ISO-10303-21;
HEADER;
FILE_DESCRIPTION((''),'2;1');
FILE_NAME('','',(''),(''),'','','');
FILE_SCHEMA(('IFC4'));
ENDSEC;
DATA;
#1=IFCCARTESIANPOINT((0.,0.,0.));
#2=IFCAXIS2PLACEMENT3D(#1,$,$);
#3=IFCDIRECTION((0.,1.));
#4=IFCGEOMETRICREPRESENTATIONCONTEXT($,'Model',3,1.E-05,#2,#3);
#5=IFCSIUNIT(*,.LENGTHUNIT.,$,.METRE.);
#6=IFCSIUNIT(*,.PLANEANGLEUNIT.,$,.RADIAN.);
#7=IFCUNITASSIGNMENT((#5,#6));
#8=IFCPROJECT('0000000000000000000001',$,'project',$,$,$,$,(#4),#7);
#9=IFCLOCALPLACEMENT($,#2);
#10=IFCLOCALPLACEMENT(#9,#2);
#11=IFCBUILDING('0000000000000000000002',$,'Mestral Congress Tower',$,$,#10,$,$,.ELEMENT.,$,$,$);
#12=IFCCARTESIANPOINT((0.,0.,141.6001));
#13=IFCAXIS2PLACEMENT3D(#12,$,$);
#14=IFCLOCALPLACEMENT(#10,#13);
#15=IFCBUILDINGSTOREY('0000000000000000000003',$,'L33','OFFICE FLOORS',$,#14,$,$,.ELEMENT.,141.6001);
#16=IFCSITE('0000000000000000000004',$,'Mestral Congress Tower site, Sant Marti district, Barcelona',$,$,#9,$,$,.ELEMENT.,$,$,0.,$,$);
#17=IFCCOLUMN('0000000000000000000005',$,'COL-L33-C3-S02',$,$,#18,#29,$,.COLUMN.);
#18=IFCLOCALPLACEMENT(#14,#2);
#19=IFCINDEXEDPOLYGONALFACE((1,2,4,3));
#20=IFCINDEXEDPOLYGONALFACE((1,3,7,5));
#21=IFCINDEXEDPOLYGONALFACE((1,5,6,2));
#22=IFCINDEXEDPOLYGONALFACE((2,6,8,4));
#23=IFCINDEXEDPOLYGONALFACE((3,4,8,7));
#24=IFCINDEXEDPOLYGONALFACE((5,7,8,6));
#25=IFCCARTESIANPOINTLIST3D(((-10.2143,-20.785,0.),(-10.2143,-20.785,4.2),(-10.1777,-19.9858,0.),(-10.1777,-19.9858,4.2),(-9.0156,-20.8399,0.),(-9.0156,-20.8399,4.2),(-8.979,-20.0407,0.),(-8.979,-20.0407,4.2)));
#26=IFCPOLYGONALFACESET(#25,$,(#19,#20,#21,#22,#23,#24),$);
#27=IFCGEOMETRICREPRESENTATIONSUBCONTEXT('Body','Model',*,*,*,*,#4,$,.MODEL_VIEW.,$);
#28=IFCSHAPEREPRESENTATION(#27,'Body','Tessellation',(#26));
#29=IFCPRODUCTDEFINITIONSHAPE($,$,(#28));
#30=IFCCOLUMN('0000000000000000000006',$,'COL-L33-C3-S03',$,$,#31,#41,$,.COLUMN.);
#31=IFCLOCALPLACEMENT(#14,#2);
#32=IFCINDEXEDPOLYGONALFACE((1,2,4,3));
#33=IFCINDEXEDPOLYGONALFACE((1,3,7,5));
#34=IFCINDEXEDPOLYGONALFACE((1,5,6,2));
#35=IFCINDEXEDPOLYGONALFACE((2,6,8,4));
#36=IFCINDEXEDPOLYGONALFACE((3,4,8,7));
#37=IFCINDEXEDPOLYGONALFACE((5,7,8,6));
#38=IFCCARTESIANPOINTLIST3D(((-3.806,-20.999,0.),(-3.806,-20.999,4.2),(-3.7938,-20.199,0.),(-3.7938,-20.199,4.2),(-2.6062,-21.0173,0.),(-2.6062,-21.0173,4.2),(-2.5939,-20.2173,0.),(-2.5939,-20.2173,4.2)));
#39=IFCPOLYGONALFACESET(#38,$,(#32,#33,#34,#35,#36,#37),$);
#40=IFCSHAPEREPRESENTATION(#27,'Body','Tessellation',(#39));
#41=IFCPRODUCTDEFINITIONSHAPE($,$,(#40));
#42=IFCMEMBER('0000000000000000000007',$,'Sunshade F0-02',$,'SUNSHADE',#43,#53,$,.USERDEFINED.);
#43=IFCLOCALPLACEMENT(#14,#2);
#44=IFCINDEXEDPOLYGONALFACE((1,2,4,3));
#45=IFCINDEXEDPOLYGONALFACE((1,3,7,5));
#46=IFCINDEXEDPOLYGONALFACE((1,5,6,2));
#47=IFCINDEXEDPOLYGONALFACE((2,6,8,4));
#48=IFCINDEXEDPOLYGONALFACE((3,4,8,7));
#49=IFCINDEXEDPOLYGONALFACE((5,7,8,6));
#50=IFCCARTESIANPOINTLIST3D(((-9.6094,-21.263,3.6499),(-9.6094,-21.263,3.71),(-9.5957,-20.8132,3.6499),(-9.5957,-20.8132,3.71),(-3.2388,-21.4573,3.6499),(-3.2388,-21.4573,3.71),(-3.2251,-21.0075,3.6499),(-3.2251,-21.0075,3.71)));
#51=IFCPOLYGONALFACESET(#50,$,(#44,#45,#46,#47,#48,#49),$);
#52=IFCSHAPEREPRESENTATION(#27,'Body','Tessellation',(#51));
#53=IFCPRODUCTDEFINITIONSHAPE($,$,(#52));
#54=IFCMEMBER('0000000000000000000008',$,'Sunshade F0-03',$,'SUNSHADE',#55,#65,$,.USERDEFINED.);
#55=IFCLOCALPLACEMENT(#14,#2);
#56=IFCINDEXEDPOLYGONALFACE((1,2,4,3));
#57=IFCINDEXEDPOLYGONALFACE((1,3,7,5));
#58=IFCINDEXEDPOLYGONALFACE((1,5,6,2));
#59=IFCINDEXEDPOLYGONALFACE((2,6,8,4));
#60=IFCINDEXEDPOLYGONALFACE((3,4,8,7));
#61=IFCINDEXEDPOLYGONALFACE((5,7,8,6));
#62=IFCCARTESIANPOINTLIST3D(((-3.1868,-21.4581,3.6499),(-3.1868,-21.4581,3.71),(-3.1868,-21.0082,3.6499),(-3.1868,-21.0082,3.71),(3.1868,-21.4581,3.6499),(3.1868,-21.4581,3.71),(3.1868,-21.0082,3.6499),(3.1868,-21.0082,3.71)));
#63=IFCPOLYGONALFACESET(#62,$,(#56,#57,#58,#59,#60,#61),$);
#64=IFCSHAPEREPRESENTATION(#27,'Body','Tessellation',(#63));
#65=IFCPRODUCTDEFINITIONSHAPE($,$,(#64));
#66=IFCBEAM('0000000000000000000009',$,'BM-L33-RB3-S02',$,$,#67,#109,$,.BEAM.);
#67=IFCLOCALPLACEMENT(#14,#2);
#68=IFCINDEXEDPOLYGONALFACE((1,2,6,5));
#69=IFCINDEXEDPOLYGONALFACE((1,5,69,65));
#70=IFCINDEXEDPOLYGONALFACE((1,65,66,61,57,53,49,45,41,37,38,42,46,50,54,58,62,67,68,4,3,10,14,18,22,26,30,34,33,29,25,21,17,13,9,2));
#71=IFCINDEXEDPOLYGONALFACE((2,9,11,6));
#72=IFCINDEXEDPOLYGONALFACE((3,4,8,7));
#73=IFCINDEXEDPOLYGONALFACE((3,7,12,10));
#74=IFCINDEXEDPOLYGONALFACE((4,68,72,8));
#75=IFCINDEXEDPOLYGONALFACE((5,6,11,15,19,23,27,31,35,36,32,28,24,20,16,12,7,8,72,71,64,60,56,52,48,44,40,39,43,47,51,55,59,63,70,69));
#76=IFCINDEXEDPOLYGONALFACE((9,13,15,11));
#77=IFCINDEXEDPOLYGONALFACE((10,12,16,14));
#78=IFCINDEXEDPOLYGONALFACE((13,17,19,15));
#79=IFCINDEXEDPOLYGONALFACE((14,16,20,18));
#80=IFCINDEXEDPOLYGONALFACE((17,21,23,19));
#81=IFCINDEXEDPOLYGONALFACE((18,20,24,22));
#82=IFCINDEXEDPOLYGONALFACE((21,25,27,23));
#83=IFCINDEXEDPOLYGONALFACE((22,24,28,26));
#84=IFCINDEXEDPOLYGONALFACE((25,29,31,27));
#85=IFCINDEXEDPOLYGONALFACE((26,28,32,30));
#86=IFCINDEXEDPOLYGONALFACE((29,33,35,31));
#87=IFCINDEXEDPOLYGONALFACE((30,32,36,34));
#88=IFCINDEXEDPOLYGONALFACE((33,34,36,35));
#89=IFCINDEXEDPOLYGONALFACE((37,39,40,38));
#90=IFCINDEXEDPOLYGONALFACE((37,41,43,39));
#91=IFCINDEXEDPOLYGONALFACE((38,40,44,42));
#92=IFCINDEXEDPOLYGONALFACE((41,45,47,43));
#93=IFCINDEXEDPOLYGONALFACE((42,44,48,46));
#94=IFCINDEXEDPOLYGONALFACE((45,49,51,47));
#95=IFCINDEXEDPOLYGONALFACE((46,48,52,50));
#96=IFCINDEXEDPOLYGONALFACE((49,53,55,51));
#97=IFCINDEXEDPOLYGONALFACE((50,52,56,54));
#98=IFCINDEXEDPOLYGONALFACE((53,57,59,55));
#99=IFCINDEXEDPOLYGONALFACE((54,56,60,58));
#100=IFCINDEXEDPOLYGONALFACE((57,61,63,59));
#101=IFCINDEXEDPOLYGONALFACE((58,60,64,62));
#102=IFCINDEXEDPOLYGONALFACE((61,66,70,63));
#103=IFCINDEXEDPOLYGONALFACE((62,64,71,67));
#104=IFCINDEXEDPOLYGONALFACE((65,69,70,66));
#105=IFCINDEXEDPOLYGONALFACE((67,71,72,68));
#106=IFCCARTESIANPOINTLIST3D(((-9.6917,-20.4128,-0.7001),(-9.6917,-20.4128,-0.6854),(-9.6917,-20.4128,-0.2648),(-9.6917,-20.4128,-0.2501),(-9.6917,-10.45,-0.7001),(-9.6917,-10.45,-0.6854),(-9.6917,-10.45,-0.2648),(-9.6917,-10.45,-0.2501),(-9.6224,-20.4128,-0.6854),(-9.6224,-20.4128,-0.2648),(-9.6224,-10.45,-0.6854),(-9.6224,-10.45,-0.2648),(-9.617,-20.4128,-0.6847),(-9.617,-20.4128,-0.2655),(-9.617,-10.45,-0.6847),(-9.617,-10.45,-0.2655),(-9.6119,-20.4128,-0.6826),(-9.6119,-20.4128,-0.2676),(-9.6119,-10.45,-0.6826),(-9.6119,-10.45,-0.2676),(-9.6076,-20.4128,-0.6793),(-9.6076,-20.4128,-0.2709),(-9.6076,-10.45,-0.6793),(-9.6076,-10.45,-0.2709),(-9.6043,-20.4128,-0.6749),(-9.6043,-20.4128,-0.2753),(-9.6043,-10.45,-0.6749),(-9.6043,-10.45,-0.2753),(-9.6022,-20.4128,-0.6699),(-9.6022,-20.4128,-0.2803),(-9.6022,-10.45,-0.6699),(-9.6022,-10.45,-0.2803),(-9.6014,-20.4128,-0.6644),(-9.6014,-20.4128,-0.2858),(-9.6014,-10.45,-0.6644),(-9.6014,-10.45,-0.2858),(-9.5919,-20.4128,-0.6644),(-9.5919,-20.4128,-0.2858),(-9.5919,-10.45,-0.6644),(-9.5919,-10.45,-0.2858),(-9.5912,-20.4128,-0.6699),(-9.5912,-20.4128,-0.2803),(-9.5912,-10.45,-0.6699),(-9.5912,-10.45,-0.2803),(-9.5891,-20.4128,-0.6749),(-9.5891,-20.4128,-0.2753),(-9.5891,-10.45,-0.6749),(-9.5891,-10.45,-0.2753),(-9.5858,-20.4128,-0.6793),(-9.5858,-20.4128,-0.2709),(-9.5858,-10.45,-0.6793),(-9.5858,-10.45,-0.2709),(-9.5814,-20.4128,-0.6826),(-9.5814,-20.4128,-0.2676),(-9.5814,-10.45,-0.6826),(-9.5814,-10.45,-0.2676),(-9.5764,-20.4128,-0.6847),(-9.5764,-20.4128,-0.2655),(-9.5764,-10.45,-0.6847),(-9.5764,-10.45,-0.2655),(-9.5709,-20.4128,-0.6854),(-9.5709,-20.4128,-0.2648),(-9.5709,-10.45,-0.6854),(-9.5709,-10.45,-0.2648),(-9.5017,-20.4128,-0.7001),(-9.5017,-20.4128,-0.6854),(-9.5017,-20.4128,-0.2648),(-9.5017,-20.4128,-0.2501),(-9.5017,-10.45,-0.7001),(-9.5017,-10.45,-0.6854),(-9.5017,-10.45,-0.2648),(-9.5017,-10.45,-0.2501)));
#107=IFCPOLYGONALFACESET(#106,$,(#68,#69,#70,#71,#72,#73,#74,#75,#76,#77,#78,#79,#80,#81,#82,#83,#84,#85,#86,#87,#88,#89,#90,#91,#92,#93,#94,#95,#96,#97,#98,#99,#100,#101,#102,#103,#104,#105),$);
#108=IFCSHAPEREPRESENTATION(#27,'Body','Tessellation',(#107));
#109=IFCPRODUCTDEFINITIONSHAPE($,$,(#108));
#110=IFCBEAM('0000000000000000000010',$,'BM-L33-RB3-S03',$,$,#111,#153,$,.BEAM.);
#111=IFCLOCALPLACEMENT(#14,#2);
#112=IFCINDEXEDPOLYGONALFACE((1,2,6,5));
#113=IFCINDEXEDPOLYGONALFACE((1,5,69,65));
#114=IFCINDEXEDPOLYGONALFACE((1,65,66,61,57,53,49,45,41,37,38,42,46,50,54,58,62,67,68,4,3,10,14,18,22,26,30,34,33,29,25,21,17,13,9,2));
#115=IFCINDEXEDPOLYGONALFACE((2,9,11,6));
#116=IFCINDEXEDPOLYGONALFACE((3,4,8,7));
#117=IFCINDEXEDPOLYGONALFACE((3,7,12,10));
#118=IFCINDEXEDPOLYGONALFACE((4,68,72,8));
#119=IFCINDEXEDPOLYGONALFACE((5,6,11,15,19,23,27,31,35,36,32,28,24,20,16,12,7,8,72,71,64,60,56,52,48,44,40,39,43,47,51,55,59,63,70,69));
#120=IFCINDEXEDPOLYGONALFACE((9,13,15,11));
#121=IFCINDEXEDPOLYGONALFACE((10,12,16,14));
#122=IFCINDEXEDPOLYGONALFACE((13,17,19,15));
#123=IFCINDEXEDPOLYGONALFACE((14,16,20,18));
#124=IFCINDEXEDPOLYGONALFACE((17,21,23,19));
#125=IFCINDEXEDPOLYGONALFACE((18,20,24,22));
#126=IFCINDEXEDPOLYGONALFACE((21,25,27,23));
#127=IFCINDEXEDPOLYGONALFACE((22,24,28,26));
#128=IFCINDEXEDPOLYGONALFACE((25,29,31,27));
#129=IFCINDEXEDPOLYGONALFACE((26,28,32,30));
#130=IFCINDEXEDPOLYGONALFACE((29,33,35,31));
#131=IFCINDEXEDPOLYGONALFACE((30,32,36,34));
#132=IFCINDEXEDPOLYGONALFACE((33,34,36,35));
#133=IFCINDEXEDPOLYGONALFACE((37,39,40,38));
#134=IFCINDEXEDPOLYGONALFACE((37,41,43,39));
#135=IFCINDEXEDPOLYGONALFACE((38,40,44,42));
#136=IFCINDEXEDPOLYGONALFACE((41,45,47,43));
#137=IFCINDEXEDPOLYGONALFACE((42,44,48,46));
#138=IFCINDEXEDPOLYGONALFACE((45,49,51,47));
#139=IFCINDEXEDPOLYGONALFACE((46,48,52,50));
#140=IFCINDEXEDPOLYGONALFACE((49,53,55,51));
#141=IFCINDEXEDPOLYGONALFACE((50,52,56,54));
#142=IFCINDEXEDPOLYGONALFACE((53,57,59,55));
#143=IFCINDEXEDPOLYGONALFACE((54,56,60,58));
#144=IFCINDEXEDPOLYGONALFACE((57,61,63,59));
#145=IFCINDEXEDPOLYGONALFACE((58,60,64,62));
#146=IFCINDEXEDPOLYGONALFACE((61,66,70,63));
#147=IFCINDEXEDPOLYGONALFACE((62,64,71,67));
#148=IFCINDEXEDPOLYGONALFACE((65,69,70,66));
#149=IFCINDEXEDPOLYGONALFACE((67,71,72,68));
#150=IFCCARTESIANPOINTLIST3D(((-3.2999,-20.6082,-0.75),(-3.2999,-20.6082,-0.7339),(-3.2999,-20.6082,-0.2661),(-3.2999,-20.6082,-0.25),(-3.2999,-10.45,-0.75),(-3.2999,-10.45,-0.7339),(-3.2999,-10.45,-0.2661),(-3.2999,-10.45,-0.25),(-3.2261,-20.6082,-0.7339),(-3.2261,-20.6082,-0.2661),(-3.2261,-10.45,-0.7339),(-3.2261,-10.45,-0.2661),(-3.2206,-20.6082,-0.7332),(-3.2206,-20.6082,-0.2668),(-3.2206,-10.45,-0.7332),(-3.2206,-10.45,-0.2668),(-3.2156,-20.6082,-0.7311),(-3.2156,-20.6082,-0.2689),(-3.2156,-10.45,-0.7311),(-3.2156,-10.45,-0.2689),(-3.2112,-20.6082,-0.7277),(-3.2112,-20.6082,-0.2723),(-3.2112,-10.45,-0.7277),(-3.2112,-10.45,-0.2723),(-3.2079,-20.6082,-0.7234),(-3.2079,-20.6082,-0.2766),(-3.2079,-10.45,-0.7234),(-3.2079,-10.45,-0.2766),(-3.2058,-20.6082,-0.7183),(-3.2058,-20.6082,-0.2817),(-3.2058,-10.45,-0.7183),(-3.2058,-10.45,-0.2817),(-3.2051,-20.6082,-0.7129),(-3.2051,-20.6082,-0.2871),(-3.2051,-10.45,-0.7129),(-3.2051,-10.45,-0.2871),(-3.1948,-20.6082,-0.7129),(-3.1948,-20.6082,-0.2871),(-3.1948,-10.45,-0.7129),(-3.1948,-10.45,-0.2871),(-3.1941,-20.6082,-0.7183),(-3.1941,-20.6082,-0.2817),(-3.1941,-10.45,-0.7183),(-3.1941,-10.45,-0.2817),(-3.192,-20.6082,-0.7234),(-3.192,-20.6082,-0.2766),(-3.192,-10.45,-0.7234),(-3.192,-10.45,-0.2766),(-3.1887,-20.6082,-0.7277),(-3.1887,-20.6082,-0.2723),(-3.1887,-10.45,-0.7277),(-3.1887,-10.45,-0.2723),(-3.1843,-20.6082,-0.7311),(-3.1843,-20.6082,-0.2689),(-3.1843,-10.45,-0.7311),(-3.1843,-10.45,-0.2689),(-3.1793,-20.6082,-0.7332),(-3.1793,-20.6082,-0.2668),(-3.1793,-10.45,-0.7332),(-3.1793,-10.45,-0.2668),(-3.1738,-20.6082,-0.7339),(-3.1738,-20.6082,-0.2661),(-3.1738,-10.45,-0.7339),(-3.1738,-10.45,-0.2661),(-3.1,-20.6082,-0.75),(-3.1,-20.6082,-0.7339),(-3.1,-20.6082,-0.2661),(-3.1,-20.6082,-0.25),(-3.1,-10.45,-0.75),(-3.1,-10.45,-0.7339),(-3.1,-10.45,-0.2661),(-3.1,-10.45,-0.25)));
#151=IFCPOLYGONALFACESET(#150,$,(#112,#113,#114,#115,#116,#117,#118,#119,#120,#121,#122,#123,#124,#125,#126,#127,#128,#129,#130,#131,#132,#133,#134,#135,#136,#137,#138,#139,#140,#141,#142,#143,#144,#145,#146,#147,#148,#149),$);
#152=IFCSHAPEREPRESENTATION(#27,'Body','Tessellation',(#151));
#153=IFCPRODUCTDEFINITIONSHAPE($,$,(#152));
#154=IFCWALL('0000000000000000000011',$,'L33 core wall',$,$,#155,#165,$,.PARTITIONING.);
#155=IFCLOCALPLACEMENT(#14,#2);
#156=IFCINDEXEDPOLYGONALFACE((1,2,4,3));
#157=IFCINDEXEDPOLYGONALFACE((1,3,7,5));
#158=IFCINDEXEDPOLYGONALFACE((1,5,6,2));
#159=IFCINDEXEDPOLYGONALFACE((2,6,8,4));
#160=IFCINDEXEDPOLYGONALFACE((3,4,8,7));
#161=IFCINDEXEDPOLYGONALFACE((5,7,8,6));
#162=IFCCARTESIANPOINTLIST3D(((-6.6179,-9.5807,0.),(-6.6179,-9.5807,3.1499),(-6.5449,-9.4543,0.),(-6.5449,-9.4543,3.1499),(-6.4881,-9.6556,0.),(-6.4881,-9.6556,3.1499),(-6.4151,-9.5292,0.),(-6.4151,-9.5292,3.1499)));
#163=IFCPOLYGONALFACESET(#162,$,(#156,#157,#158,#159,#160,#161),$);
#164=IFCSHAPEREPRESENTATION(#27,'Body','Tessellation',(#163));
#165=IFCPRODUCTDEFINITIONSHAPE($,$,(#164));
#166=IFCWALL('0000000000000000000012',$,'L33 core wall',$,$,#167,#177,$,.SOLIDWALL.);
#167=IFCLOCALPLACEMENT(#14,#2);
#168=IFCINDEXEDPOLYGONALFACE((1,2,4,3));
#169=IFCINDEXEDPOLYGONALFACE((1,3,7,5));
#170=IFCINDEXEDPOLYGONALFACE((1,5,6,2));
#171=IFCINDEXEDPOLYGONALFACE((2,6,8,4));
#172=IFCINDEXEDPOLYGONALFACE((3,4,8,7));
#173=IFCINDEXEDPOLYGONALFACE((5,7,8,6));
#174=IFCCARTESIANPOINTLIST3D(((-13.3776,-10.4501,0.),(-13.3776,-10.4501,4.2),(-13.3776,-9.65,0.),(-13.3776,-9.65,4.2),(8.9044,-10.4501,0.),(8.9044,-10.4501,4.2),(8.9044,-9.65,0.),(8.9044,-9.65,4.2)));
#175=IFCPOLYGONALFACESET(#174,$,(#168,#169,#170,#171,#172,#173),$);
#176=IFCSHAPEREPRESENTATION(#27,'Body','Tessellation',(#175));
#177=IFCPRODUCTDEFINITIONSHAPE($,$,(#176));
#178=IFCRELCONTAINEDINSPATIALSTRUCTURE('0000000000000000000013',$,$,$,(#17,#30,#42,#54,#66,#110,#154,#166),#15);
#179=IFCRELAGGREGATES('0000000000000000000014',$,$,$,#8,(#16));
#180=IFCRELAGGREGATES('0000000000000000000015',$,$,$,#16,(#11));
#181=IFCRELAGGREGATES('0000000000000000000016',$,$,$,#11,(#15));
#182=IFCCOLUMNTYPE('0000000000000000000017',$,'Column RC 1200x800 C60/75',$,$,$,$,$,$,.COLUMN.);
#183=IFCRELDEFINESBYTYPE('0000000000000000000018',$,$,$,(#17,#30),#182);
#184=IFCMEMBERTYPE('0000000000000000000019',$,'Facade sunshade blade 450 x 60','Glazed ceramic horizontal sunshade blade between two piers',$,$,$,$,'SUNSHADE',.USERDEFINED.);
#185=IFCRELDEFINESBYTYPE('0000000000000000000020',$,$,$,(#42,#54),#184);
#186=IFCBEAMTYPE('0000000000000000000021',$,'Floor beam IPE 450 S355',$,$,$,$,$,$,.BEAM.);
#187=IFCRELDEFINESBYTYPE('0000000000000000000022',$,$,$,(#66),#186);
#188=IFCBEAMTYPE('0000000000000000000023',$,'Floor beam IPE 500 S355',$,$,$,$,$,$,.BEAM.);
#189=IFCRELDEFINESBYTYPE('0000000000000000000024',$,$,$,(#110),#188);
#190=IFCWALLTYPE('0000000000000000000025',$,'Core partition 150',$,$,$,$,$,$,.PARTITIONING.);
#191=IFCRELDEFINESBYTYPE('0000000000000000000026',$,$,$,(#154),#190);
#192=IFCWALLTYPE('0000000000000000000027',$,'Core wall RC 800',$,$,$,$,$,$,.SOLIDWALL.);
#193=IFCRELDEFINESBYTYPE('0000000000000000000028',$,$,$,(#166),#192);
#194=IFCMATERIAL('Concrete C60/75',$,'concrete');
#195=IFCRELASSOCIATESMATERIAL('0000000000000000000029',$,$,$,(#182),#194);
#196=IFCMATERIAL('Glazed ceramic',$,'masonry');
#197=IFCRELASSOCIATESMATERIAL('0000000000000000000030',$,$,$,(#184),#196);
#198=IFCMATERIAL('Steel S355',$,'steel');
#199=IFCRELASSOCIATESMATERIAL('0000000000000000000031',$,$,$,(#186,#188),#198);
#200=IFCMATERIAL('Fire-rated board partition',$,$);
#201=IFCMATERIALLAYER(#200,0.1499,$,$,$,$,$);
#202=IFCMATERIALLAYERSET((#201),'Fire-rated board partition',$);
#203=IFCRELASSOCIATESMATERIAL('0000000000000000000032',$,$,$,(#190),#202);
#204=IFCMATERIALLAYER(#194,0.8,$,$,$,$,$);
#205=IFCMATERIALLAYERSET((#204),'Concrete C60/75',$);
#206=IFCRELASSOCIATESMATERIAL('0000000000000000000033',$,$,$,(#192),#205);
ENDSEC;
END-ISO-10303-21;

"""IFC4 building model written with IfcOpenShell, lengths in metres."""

from ifc_helpers import new_model, si_unit, direction, frame, frame_2d, origin, origin_2d, place, context, subcontext, project, spatial, rectangle, i_section, extrude, material, layer, layer_set, material_profile, profile_set, type_object, element, save


model = new_model("IFC4")

# Units and contexts
model_context = context("Model", 3, precision=1e-05, world=origin(), true_north=direction((0.0, 1.0)))
body_context = subcontext(model_context, "Body", "Model", "MODEL_VIEW")
ifc_project = project(units=[si_unit("LENGTHUNIT", "METRE"), si_unit("PLANEANGLEUNIT", "RADIAN")], contexts=[model_context])

# Site, building, storey
site_placement = place(None, origin())
site = spatial("IfcSite", under=ifc_project, at=site_placement, Name="Mestral Congress Tower site, Sant Marti district, Barcelona", CompositionType="ELEMENT", RefElevation=0.0)
building_placement = place(site_placement, origin())
building = spatial("IfcBuilding", under=site, at=building_placement, Name="Mestral Congress Tower", CompositionType="ELEMENT")
storey_placement = place(building_placement, frame((0.0, 0.0, 141.6001)))
storey = spatial("IfcBuildingStorey", under=building, at=storey_placement, Name="L33", Description="OFFICE FLOORS", CompositionType="ELEMENT", Elevation=141.6001)

# Columns
ifc_material_1 = material(Name="Concrete C60/75", Category="concrete")
ifc_material_profile_1 = material_profile(ifc_material_1, rectangle(XDim=1.2, YDim=0.8, at=origin_2d()), Name="RC 1200x800")
ifc_profile_set_1 = profile_set([ifc_material_profile_1], Name="Concrete C60/75")
column_type = type_object("IfcColumnType", Name="Column RC 1200x800 C60/75", PredefinedType="COLUMN", material=ifc_profile_set_1)
for number, where, z_axis, x_axis, name in (
    (1, (-9.5967, -20.4128, 0.0), (0.0, 0.0, 1.0), (0.998952, -0.045771, 0.0), "COL-L33-C3-S02"),
    (2, (-3.2, -20.6082, 0.0), (0.0, 0.0, 1.0), (0.999884, -0.015262, 0.0), "COL-L33-C3-S03"),
):
    element("IfcColumn", number, at=place(storey_placement, frame(where, z_axis=z_axis, x_axis=x_axis)), inside=storey, type_object=column_type, Name=name, PredefinedType="COLUMN", context=body_context, shape_type="SweptSolid", body=[
        extrude(rectangle(XDim=1.2, YDim=0.8, at=origin_2d()), origin(), (0.0, 0.0, 1.0), 4.2),
    ])

# Members
ifc_material_2 = material(Name="Glazed ceramic", Category="masonry")
ifc_material_profile_2 = material_profile(ifc_material_2, rectangle(XDim=0.45, YDim=0.0601, at=origin_2d()), Name="Ceramic blade 450 x 60")
ifc_profile_set_2 = profile_set([ifc_material_profile_2], Name="Glazed ceramic")
member_type = type_object("IfcMemberType", Name="Facade sunshade blade 450 x 60", Description="Glazed ceramic horizontal sunshade blade between two piers", ElementType="SUNSHADE", PredefinedType="USERDEFINED", material=ifc_profile_set_2)
for number, where, z_axis, x_axis, name in (
    (3, (-9.6025, -21.0381, 3.6799), (0.999535, -0.030491, 0.0), (0.030491, 0.999535, 0.0), "Sunshade F0-02"),
    (4, (-3.1868, -21.2332, 3.6799), (1.0, 0.0, 0.0), (0.0, 1.0, 0.0), "Sunshade F0-03"),
):
    element("IfcMember", number, at=place(storey_placement, frame(where, z_axis=z_axis, x_axis=x_axis)), inside=storey, type_object=member_type, Name=name, ObjectType="SUNSHADE", PredefinedType="USERDEFINED", context=body_context, shape_type="SweptSolid", body=[
        extrude(rectangle(XDim=0.45, YDim=0.0601, at=origin_2d()), origin(), (0.0, 0.0, 1.0), 6.3735),
    ])

# Beams
ifc_material_3 = material(Name="Steel S355", Category="steel")
ifc_material_profile_3 = material_profile(ifc_material_3, i_section(OverallWidth=0.1899, OverallDepth=0.45, WebThickness=0.0095, FlangeThickness=0.0146, FilletRadius=0.021, at=origin_2d()), Name="IPE 450")
ifc_profile_set_3 = profile_set([ifc_material_profile_3], Name="Steel S355")
beam_type_1 = type_object("IfcBeamType", Name="Floor beam IPE 450 S355", PredefinedType="BEAM", material=ifc_profile_set_3)
beam_1_placement = place(storey_placement, frame((-9.5967, -20.4128, -0.4751), z_axis=(0.0, 1.0, 0.0), x_axis=(-1.0, 0.0, 0.0)))
element("IfcBeam", 5, at=beam_1_placement, inside=storey, type_object=beam_type_1, Name="BM-L33-RB3-S02", PredefinedType="BEAM", context=body_context, shape_type="SweptSolid", body=[
    extrude(i_section(OverallWidth=0.1899, OverallDepth=0.45, WebThickness=0.0095, FlangeThickness=0.0146, FilletRadius=0.021, at=origin_2d()), origin(), (0.0, 0.0, 1.0), 9.9629),
])
ifc_material_profile_4 = material_profile(ifc_material_3, i_section(OverallWidth=0.2, OverallDepth=0.5, WebThickness=0.0103, FlangeThickness=0.0161, FilletRadius=0.021, at=origin_2d()), Name="IPE 500")
ifc_profile_set_4 = profile_set([ifc_material_profile_4], Name="Steel S355")
beam_type_2 = type_object("IfcBeamType", Name="Floor beam IPE 500 S355", PredefinedType="BEAM", material=ifc_profile_set_4)
beam_2_placement = place(storey_placement, frame((-3.2, -20.6082, -0.5), z_axis=(0.0, 1.0, 0.0), x_axis=(-1.0, 0.0, 0.0)))
element("IfcBeam", 6, at=beam_2_placement, inside=storey, type_object=beam_type_2, Name="BM-L33-RB3-S03", PredefinedType="BEAM", context=body_context, shape_type="SweptSolid", body=[
    extrude(i_section(OverallWidth=0.2, OverallDepth=0.5, WebThickness=0.0103, FlangeThickness=0.0161, FilletRadius=0.021, at=origin_2d()), origin(), (0.0, 0.0, 1.0), 10.1582),
])

# Walls
ifc_material_4 = material(Name="Fire-rated board partition")
ifc_layer_1 = layer(ifc_material_4, 0.1499)
ifc_layer_set_1 = layer_set([ifc_layer_1], Name="Fire-rated board partition")
wall_type_1 = type_object("IfcWallType", Name="Core partition 150", PredefinedType="PARTITIONING", material=ifc_layer_set_1)
wall_1_placement = place(storey_placement, frame((-6.553, -9.6182, 0.0), z_axis=(0.0, 0.0, 1.0), x_axis=(0.499915, 0.866074, 0.0)))
element("IfcWall", 7, at=wall_1_placement, inside=storey, type_object=wall_type_1, Name="L33 core wall", PredefinedType="PARTITIONING", context=body_context, shape_type="SweptSolid", body=[
    extrude(rectangle(XDim=0.146, YDim=0.1499, at=frame_2d((0.073, 0.0))), origin(), (0.0, 0.0, 1.0), 3.1499),
])
ifc_layer_2 = layer(ifc_material_1, 0.8)
ifc_layer_set_2 = layer_set([ifc_layer_2], Name="Concrete C60/75")
wall_type_2 = type_object("IfcWallType", Name="Core wall RC 800", PredefinedType="SOLIDWALL", material=ifc_layer_set_2)
wall_2_placement = place(storey_placement, frame((-13.3777, -10.05, 0.0), z_axis=(0.0, 0.0, 1.0), x_axis=(1.0, 0.0, 0.0)))
element("IfcWall", 8, at=wall_2_placement, inside=storey, type_object=wall_type_2, Name="L33 core wall", PredefinedType="SOLIDWALL", context=body_context, shape_type="SweptSolid", body=[
    extrude(rectangle(XDim=22.282, YDim=0.8, at=frame_2d((11.1411, 0.0))), origin(), (0.0, 0.0, 1.0), 4.2),
])

save(model, "model.ifc")
